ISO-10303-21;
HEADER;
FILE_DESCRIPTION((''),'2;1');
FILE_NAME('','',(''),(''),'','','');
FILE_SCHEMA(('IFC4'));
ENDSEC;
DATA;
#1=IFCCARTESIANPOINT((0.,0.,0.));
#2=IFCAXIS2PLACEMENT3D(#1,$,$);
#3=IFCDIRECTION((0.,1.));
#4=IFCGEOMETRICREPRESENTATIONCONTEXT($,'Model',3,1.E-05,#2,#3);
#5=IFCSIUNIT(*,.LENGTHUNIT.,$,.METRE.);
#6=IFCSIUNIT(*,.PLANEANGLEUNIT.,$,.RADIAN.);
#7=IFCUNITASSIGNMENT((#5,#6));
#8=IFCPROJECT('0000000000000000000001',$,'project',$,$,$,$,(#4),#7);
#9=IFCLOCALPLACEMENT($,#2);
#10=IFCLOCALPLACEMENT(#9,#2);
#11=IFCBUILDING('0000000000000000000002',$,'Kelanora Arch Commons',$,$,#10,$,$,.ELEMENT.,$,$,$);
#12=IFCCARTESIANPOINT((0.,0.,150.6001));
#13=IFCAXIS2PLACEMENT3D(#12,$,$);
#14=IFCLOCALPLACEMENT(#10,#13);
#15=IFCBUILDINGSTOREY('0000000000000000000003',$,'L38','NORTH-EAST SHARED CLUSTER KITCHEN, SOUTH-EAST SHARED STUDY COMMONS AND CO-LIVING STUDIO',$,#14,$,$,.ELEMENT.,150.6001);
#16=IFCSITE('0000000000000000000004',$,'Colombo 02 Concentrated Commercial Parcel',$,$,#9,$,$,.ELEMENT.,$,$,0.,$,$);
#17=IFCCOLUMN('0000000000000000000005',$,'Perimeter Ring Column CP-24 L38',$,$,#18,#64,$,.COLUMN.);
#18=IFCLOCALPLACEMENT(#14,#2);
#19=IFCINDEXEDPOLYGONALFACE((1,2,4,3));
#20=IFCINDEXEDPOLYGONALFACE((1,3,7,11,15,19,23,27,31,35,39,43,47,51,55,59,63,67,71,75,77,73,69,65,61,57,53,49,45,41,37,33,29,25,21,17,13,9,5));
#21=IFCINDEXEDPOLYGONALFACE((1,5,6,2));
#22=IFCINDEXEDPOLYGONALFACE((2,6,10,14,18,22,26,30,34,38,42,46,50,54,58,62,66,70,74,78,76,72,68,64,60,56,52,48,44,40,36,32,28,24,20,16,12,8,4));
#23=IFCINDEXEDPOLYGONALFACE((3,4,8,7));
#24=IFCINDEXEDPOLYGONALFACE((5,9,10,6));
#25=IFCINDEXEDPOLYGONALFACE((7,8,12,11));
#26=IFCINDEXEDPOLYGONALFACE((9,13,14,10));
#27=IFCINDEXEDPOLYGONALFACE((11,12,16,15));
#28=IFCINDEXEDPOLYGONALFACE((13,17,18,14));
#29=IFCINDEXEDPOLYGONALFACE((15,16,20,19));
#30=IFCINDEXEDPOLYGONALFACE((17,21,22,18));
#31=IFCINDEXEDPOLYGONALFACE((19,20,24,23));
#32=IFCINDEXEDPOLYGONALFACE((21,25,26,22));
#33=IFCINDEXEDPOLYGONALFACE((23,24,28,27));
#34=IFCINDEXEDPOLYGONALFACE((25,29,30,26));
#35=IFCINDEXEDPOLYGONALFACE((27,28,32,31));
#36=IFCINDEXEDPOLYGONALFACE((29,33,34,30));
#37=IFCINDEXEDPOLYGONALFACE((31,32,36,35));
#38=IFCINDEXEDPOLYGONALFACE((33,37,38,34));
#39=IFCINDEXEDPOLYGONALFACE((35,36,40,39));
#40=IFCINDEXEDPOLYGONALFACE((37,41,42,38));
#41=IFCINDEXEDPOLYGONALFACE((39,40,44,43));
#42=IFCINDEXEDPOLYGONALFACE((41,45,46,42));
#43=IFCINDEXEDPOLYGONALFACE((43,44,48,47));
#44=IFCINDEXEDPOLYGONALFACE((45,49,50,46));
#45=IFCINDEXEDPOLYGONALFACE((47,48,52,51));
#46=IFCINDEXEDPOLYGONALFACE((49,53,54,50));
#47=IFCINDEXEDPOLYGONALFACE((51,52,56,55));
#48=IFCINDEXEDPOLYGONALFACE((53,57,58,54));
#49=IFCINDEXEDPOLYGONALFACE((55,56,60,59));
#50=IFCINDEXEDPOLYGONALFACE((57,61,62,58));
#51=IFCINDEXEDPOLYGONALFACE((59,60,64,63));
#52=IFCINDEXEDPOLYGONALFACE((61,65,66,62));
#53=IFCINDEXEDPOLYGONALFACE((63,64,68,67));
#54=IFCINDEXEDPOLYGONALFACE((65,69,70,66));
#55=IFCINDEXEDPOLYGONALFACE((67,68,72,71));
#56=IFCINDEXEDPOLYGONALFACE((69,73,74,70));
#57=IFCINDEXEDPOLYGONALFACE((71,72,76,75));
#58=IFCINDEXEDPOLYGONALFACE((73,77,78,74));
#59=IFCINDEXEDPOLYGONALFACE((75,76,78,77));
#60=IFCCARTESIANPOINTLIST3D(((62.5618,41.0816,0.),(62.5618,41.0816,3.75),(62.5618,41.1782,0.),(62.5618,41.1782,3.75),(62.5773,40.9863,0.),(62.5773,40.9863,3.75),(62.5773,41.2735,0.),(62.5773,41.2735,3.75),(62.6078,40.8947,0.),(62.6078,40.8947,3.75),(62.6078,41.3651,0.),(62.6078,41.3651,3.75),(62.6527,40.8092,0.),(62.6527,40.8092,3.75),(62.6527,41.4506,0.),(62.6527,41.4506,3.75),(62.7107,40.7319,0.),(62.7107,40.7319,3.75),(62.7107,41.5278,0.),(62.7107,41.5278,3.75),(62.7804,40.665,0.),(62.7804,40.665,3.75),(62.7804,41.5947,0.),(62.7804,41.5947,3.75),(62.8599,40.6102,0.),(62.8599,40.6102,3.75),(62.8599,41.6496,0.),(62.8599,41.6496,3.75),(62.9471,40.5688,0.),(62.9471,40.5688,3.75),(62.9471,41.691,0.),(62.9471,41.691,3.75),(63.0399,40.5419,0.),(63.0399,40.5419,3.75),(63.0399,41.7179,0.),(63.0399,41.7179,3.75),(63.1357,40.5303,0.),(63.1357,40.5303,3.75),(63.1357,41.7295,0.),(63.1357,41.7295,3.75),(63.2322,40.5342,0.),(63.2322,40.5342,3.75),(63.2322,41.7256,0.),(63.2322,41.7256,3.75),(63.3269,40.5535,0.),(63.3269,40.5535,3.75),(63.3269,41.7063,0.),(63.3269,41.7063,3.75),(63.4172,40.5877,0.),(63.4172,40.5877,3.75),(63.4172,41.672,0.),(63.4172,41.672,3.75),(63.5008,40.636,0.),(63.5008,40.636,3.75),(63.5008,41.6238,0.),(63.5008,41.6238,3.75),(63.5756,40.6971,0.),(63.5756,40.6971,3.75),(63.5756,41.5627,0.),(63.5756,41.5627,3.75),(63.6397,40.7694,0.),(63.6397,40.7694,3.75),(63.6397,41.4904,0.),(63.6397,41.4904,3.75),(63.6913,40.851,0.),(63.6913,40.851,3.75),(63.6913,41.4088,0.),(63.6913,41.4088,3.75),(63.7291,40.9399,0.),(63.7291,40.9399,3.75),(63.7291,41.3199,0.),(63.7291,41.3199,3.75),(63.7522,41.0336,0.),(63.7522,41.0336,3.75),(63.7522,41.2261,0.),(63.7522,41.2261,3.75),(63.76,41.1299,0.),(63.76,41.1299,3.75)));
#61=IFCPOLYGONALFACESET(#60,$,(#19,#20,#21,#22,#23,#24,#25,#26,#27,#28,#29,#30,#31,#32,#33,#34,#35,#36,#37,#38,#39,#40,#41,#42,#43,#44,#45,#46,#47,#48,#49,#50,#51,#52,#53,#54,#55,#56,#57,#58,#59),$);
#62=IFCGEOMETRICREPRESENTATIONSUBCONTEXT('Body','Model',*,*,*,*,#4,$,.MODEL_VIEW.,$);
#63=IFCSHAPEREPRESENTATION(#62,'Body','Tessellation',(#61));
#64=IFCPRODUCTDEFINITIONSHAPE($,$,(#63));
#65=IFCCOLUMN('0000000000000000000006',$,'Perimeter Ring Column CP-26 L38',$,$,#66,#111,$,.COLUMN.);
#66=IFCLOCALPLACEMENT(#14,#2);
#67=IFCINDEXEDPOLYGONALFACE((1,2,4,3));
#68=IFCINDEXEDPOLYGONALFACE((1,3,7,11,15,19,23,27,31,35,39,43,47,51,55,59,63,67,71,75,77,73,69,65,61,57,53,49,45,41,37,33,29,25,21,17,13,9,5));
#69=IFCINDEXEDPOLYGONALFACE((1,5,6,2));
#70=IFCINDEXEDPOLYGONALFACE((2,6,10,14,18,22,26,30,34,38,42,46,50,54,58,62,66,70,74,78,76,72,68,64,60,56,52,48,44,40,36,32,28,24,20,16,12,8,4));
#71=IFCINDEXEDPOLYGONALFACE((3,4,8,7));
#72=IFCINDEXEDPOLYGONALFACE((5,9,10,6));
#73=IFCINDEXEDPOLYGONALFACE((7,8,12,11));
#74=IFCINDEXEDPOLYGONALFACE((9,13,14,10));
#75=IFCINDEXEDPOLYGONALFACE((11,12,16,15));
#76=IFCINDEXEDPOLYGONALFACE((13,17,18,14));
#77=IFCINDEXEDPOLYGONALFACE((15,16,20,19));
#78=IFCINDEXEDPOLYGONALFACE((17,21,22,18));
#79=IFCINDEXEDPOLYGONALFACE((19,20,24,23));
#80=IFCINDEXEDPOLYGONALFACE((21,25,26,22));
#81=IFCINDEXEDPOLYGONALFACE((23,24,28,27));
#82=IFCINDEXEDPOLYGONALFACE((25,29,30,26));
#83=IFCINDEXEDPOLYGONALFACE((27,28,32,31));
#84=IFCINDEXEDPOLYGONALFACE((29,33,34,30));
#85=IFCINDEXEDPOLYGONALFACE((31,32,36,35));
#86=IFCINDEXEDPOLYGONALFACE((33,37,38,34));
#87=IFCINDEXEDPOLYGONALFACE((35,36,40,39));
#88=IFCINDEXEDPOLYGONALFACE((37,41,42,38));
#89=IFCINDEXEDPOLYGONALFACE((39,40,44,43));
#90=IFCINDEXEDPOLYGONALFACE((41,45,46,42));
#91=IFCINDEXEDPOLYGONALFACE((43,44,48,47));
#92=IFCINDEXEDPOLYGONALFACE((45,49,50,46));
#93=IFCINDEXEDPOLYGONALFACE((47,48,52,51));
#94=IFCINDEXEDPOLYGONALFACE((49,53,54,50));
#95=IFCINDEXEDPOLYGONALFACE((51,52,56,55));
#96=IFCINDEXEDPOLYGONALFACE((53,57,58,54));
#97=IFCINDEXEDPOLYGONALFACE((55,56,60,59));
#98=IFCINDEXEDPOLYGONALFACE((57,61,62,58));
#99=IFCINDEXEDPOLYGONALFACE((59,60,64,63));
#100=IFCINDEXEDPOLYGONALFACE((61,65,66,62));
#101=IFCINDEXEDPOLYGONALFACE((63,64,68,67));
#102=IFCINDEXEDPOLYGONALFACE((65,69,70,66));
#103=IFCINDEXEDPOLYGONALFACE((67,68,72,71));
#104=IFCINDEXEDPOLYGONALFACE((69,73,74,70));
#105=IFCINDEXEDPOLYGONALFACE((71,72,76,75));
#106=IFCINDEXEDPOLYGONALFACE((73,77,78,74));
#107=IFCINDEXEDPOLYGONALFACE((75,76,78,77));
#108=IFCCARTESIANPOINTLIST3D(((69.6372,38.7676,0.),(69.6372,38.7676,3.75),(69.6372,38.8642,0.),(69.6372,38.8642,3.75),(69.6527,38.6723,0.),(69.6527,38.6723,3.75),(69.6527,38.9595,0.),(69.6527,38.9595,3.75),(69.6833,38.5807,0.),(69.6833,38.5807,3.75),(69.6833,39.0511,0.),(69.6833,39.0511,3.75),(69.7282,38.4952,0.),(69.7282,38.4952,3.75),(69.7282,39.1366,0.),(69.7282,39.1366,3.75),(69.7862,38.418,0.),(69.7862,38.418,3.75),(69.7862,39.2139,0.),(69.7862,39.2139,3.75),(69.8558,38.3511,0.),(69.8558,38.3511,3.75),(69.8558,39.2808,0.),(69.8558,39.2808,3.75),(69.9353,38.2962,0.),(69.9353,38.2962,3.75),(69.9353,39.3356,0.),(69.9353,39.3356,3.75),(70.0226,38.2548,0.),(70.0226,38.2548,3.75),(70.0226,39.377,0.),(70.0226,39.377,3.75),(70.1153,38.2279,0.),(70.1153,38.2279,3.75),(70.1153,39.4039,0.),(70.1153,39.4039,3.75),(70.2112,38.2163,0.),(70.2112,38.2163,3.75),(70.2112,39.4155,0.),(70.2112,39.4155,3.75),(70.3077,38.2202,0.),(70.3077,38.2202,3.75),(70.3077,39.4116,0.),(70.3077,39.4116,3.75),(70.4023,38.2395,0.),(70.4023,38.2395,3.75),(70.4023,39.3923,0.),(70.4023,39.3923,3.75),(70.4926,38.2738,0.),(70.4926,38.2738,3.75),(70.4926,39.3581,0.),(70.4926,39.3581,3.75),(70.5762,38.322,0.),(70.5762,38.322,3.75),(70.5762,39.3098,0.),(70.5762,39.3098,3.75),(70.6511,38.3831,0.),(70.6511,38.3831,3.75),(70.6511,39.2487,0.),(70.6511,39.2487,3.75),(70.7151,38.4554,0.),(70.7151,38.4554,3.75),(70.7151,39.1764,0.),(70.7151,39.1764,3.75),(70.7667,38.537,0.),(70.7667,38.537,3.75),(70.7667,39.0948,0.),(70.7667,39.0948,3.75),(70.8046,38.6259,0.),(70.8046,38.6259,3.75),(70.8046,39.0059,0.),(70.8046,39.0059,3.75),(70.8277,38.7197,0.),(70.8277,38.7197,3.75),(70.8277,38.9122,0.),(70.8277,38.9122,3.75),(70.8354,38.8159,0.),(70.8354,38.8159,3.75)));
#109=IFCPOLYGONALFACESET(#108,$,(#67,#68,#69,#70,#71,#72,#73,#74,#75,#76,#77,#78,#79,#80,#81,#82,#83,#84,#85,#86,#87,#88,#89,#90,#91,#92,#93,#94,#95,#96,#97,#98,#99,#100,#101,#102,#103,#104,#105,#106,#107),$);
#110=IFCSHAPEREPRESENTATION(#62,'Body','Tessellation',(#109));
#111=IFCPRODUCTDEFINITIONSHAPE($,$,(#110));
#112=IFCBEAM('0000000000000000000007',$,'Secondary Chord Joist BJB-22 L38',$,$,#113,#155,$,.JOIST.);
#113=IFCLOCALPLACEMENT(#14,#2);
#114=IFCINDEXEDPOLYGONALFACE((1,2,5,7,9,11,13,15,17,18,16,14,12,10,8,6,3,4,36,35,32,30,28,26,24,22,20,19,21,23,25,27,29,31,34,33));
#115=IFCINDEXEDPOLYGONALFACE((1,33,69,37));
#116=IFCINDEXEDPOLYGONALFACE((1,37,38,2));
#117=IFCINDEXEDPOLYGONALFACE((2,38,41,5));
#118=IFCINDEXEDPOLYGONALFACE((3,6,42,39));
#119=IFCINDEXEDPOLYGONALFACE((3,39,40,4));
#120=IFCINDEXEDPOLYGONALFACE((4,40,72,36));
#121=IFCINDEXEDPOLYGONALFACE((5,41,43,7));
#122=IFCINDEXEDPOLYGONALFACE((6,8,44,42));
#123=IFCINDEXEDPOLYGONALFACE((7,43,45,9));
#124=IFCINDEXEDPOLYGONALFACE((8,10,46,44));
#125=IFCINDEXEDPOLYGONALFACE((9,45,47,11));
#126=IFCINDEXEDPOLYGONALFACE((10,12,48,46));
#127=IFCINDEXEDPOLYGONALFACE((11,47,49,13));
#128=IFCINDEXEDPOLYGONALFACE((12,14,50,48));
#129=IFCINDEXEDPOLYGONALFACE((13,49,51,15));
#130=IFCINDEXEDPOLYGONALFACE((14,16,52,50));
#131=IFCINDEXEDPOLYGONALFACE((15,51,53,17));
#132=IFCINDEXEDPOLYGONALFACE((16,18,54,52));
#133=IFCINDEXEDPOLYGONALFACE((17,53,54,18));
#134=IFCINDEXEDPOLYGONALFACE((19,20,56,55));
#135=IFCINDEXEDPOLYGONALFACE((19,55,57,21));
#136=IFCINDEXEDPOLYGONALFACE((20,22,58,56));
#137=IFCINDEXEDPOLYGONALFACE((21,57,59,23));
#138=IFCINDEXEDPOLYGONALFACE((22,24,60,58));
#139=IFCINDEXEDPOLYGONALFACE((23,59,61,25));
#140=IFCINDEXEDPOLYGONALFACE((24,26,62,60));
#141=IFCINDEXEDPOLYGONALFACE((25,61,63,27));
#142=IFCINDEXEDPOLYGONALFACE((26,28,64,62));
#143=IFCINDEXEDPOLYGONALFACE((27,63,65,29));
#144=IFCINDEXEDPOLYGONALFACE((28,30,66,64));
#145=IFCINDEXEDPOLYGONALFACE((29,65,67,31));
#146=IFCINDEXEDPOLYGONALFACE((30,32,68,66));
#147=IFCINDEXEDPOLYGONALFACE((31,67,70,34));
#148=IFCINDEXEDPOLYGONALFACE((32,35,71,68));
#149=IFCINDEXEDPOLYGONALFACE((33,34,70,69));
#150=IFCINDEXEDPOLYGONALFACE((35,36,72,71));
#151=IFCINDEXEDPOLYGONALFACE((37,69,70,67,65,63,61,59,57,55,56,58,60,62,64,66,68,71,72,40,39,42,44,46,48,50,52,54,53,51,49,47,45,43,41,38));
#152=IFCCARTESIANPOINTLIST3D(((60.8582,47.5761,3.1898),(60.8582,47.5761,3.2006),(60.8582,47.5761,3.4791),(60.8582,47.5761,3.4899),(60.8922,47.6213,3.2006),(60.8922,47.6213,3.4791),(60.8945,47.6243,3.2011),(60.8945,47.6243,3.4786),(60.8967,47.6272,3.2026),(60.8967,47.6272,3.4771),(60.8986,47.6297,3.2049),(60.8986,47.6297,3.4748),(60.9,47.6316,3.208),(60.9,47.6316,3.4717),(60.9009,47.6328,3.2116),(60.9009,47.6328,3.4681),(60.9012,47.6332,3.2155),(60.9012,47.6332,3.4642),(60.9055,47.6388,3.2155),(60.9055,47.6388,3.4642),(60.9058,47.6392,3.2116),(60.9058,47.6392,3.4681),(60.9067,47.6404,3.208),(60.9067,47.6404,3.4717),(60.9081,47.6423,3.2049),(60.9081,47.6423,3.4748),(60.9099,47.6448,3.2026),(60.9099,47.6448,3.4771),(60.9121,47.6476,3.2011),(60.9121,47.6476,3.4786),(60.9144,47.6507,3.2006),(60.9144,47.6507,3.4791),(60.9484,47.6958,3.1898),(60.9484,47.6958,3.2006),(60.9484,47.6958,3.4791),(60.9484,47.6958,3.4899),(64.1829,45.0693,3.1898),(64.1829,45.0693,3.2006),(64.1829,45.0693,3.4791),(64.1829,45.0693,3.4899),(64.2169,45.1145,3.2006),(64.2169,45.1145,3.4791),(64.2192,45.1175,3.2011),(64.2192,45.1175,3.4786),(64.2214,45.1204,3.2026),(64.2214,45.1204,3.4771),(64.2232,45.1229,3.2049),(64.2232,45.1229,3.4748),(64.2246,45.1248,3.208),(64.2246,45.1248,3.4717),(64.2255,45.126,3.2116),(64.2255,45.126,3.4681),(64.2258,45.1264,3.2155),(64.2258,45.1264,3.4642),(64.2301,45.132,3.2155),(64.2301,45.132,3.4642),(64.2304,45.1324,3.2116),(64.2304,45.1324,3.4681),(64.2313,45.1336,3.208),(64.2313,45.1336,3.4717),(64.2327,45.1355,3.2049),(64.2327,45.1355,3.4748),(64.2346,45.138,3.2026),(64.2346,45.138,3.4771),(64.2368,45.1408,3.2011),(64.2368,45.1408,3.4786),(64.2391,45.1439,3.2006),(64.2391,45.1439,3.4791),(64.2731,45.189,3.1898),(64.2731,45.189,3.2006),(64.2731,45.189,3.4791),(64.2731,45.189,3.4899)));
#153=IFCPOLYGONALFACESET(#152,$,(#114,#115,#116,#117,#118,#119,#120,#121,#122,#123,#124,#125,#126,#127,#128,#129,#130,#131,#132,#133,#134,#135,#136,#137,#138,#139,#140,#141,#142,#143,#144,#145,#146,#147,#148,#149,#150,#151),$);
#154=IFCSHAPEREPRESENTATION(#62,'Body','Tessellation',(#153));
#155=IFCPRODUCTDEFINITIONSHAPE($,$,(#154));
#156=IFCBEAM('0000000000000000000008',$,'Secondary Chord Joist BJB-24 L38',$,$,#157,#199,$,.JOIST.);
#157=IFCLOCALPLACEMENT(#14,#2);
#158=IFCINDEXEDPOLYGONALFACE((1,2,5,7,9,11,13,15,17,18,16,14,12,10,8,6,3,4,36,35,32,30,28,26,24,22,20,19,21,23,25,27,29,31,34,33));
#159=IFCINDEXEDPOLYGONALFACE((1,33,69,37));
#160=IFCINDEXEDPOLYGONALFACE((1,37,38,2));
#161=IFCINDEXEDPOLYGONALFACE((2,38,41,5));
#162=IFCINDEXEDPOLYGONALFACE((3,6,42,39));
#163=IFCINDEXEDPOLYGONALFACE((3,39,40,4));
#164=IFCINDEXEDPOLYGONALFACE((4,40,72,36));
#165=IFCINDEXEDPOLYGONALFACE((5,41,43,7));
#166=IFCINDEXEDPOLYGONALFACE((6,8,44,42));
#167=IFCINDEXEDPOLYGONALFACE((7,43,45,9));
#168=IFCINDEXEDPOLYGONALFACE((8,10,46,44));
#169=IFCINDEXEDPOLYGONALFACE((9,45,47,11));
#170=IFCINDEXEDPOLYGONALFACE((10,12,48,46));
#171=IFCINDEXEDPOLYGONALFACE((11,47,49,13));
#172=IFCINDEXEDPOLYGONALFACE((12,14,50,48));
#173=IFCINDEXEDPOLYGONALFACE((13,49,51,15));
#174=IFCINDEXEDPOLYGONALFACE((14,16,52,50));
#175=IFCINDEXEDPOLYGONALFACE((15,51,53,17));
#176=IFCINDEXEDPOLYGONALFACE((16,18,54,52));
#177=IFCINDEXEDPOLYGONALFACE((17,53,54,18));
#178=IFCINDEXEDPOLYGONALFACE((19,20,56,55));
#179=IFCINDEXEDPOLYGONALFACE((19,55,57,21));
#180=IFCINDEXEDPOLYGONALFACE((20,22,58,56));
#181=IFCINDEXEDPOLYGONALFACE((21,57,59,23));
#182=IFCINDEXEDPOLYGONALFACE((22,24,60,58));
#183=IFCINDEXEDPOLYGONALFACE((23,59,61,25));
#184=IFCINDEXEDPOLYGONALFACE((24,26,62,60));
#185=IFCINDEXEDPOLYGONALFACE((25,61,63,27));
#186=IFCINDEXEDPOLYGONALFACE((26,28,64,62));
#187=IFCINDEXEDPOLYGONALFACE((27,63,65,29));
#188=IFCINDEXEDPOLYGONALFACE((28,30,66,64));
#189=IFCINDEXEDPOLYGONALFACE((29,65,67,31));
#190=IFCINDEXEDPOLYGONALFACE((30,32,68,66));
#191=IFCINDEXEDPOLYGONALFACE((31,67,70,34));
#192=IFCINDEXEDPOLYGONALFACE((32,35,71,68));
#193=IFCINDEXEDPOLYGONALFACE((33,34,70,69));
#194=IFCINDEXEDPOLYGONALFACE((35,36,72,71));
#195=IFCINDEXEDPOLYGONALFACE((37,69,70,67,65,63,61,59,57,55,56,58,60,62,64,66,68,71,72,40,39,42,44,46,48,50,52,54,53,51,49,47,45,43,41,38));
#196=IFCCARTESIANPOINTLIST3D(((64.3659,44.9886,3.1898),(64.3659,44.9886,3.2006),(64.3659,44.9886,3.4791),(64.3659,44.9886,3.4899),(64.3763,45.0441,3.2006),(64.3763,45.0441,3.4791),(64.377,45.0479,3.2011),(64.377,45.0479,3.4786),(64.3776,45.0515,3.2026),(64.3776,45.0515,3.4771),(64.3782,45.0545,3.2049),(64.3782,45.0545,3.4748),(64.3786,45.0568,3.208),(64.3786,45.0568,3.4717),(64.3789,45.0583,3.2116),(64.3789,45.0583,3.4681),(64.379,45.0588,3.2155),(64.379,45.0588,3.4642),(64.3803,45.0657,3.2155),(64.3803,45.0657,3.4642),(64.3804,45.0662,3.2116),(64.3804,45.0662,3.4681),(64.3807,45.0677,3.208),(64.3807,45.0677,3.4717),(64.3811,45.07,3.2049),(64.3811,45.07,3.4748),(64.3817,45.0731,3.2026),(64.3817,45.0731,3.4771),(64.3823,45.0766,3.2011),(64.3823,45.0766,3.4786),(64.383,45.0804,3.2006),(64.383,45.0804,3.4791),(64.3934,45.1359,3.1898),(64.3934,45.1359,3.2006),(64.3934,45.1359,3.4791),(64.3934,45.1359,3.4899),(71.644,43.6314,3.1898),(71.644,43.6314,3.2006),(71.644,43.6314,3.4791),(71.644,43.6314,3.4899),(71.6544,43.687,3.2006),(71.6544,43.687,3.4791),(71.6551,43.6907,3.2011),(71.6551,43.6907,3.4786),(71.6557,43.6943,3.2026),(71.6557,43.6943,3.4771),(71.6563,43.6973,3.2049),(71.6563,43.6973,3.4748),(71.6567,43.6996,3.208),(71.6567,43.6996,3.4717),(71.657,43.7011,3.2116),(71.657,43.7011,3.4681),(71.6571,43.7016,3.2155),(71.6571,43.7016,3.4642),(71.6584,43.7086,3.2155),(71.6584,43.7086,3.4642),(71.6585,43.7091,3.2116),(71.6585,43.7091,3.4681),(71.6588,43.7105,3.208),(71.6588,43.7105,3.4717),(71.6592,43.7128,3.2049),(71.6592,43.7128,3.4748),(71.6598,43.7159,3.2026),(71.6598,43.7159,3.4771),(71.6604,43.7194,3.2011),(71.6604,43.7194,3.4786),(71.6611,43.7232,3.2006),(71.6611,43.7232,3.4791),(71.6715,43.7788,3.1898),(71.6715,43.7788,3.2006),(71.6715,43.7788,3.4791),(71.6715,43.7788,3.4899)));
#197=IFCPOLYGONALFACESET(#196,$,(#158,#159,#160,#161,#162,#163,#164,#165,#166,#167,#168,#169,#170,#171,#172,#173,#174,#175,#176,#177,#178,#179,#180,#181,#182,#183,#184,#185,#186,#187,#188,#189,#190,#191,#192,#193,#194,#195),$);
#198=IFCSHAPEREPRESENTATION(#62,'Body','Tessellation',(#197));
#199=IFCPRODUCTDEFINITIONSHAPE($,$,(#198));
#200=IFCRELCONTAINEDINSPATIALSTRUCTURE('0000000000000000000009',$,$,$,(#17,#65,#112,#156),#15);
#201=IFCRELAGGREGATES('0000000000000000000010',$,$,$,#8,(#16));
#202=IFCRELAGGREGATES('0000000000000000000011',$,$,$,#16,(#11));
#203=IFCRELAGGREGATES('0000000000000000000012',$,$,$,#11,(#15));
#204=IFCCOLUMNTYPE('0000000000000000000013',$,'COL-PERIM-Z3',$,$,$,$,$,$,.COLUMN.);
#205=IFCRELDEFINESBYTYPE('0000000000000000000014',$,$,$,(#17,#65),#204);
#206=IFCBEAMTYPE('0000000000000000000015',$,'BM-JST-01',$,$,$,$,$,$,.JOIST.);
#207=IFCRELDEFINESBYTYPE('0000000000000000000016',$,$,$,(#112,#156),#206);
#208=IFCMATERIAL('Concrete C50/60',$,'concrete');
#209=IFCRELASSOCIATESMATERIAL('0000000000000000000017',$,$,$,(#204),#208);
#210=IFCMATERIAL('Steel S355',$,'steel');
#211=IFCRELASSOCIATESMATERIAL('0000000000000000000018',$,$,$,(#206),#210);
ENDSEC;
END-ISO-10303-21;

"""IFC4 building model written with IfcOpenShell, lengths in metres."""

from ifc_helpers import new_model, si_unit, direction, frame, origin, origin_2d, place, context, subcontext, project, spatial, circle, i_section, extrude, material, material_profile, profile_set, type_object, element, save


model = new_model("IFC4")

# Units and contexts
model_context = context("Model", 3, precision=1e-05, world=origin(), true_north=direction((0.0, 1.0)))
body_context = subcontext(model_context, "Body", "Model", "MODEL_VIEW")
ifc_project = project(units=[si_unit("LENGTHUNIT", "METRE"), si_unit("PLANEANGLEUNIT", "RADIAN")], contexts=[model_context])

# Site, building, storey
site_placement = place(None, origin())
site = spatial("IfcSite", under=ifc_project, at=site_placement, Name="Colombo 02 Concentrated Commercial Parcel", CompositionType="ELEMENT", RefElevation=0.0)
building_placement = place(site_placement, origin())
building = spatial("IfcBuilding", under=site, at=building_placement, Name="Kelanora Arch Commons", CompositionType="ELEMENT")
storey_placement = place(building_placement, frame((0.0, 0.0, 150.6001)))
storey = spatial("IfcBuildingStorey", under=building, at=storey_placement, Name="L38", Description="NORTH-EAST SHARED CLUSTER KITCHEN, SOUTH-EAST SHARED STUDY COMMONS AND CO-LIVING STUDIO", CompositionType="ELEMENT", Elevation=150.6001)

# Columns
ifc_material_1 = material(Name="Concrete C50/60", Category="concrete")
ifc_material_profile_1 = material_profile(ifc_material_1, circle(Radius=0.6001, at=origin_2d()), Name="RCC1200")
ifc_profile_set_1 = profile_set([ifc_material_profile_1], Name="Concrete C50/60")
column_type = type_object("IfcColumnType", Name="COL-PERIM-Z3", PredefinedType="COLUMN", material=ifc_profile_set_1)
for number, where, z_axis, x_axis, name in (
    (1, (63.1599, 41.1299, 0.0), (0.0, 0.0, 1.0), (1.0, 0.0, 0.0), "Perimeter Ring Column CP-24 L38"),
    (2, (70.2354, 38.8159, 0.0), (0.0, 0.0, 1.0), (1.0, 0.0, 0.0), "Perimeter Ring Column CP-26 L38"),
):
    element("IfcColumn", number, at=place(storey_placement, frame(where, z_axis=z_axis, x_axis=x_axis)), inside=storey, type_object=column_type, Name=name, PredefinedType="COLUMN", context=body_context, shape_type="SweptSolid", body=[
        extrude(circle(Radius=0.6001, at=origin_2d()), origin(), (0.0, 0.0, 1.0), 3.75),
    ])

# Beams
ifc_material_2 = material(Name="Steel S355", Category="steel")
ifc_material_profile_2 = material_profile(ifc_material_2, i_section(OverallWidth=0.1499, OverallDepth=0.3, WebThickness=0.0071, FlangeThickness=0.0107, FilletRadius=0.0149, at=origin_2d()), Name="IPE300")
ifc_profile_set_2 = profile_set([ifc_material_profile_2], Name="Steel S355")
beam_type_1 = type_object("IfcBeamType", Name="BM-JST-01", PredefinedType="JOIST", material=ifc_profile_set_2)
beam_1_placement = place(storey_placement, frame((60.9033, 47.636, 3.3398), z_axis=(0.798464, -0.602043, 0.0), x_axis=(0.602043, 0.798464, 0.0)))
element("IfcBeam", 3, at=beam_1_placement, inside=storey, type_object=beam_type_1, Name="Secondary Chord Joist BJB-22 L38", PredefinedType="JOIST", context=body_context, shape_type="SweptSolid", body=[
    extrude(i_section(OverallWidth=0.1499, OverallDepth=0.3, WebThickness=0.0071, FlangeThickness=0.0107, FilletRadius=0.0149, at=origin_2d()), origin(), (0.0, 0.0, 1.0), 4.1638),
])
beam_2_placement = place(storey_placement, frame((64.3796, 45.0623, 3.3398), z_axis=(0.983054, -0.183315, 0.0), x_axis=(0.183315, 0.983054, 0.0)))
element("IfcBeam", 4, at=beam_2_placement, inside=storey, type_object=beam_type_1, Name="Secondary Chord Joist BJB-24 L38", PredefinedType="JOIST", context=body_context, shape_type="SweptSolid", body=[
    extrude(i_section(OverallWidth=0.1499, OverallDepth=0.3, WebThickness=0.0071, FlangeThickness=0.0107, FilletRadius=0.0149, at=origin_2d()), origin(), (0.0, 0.0, 1.0), 7.4036),
])

save(model, "model.ifc")
